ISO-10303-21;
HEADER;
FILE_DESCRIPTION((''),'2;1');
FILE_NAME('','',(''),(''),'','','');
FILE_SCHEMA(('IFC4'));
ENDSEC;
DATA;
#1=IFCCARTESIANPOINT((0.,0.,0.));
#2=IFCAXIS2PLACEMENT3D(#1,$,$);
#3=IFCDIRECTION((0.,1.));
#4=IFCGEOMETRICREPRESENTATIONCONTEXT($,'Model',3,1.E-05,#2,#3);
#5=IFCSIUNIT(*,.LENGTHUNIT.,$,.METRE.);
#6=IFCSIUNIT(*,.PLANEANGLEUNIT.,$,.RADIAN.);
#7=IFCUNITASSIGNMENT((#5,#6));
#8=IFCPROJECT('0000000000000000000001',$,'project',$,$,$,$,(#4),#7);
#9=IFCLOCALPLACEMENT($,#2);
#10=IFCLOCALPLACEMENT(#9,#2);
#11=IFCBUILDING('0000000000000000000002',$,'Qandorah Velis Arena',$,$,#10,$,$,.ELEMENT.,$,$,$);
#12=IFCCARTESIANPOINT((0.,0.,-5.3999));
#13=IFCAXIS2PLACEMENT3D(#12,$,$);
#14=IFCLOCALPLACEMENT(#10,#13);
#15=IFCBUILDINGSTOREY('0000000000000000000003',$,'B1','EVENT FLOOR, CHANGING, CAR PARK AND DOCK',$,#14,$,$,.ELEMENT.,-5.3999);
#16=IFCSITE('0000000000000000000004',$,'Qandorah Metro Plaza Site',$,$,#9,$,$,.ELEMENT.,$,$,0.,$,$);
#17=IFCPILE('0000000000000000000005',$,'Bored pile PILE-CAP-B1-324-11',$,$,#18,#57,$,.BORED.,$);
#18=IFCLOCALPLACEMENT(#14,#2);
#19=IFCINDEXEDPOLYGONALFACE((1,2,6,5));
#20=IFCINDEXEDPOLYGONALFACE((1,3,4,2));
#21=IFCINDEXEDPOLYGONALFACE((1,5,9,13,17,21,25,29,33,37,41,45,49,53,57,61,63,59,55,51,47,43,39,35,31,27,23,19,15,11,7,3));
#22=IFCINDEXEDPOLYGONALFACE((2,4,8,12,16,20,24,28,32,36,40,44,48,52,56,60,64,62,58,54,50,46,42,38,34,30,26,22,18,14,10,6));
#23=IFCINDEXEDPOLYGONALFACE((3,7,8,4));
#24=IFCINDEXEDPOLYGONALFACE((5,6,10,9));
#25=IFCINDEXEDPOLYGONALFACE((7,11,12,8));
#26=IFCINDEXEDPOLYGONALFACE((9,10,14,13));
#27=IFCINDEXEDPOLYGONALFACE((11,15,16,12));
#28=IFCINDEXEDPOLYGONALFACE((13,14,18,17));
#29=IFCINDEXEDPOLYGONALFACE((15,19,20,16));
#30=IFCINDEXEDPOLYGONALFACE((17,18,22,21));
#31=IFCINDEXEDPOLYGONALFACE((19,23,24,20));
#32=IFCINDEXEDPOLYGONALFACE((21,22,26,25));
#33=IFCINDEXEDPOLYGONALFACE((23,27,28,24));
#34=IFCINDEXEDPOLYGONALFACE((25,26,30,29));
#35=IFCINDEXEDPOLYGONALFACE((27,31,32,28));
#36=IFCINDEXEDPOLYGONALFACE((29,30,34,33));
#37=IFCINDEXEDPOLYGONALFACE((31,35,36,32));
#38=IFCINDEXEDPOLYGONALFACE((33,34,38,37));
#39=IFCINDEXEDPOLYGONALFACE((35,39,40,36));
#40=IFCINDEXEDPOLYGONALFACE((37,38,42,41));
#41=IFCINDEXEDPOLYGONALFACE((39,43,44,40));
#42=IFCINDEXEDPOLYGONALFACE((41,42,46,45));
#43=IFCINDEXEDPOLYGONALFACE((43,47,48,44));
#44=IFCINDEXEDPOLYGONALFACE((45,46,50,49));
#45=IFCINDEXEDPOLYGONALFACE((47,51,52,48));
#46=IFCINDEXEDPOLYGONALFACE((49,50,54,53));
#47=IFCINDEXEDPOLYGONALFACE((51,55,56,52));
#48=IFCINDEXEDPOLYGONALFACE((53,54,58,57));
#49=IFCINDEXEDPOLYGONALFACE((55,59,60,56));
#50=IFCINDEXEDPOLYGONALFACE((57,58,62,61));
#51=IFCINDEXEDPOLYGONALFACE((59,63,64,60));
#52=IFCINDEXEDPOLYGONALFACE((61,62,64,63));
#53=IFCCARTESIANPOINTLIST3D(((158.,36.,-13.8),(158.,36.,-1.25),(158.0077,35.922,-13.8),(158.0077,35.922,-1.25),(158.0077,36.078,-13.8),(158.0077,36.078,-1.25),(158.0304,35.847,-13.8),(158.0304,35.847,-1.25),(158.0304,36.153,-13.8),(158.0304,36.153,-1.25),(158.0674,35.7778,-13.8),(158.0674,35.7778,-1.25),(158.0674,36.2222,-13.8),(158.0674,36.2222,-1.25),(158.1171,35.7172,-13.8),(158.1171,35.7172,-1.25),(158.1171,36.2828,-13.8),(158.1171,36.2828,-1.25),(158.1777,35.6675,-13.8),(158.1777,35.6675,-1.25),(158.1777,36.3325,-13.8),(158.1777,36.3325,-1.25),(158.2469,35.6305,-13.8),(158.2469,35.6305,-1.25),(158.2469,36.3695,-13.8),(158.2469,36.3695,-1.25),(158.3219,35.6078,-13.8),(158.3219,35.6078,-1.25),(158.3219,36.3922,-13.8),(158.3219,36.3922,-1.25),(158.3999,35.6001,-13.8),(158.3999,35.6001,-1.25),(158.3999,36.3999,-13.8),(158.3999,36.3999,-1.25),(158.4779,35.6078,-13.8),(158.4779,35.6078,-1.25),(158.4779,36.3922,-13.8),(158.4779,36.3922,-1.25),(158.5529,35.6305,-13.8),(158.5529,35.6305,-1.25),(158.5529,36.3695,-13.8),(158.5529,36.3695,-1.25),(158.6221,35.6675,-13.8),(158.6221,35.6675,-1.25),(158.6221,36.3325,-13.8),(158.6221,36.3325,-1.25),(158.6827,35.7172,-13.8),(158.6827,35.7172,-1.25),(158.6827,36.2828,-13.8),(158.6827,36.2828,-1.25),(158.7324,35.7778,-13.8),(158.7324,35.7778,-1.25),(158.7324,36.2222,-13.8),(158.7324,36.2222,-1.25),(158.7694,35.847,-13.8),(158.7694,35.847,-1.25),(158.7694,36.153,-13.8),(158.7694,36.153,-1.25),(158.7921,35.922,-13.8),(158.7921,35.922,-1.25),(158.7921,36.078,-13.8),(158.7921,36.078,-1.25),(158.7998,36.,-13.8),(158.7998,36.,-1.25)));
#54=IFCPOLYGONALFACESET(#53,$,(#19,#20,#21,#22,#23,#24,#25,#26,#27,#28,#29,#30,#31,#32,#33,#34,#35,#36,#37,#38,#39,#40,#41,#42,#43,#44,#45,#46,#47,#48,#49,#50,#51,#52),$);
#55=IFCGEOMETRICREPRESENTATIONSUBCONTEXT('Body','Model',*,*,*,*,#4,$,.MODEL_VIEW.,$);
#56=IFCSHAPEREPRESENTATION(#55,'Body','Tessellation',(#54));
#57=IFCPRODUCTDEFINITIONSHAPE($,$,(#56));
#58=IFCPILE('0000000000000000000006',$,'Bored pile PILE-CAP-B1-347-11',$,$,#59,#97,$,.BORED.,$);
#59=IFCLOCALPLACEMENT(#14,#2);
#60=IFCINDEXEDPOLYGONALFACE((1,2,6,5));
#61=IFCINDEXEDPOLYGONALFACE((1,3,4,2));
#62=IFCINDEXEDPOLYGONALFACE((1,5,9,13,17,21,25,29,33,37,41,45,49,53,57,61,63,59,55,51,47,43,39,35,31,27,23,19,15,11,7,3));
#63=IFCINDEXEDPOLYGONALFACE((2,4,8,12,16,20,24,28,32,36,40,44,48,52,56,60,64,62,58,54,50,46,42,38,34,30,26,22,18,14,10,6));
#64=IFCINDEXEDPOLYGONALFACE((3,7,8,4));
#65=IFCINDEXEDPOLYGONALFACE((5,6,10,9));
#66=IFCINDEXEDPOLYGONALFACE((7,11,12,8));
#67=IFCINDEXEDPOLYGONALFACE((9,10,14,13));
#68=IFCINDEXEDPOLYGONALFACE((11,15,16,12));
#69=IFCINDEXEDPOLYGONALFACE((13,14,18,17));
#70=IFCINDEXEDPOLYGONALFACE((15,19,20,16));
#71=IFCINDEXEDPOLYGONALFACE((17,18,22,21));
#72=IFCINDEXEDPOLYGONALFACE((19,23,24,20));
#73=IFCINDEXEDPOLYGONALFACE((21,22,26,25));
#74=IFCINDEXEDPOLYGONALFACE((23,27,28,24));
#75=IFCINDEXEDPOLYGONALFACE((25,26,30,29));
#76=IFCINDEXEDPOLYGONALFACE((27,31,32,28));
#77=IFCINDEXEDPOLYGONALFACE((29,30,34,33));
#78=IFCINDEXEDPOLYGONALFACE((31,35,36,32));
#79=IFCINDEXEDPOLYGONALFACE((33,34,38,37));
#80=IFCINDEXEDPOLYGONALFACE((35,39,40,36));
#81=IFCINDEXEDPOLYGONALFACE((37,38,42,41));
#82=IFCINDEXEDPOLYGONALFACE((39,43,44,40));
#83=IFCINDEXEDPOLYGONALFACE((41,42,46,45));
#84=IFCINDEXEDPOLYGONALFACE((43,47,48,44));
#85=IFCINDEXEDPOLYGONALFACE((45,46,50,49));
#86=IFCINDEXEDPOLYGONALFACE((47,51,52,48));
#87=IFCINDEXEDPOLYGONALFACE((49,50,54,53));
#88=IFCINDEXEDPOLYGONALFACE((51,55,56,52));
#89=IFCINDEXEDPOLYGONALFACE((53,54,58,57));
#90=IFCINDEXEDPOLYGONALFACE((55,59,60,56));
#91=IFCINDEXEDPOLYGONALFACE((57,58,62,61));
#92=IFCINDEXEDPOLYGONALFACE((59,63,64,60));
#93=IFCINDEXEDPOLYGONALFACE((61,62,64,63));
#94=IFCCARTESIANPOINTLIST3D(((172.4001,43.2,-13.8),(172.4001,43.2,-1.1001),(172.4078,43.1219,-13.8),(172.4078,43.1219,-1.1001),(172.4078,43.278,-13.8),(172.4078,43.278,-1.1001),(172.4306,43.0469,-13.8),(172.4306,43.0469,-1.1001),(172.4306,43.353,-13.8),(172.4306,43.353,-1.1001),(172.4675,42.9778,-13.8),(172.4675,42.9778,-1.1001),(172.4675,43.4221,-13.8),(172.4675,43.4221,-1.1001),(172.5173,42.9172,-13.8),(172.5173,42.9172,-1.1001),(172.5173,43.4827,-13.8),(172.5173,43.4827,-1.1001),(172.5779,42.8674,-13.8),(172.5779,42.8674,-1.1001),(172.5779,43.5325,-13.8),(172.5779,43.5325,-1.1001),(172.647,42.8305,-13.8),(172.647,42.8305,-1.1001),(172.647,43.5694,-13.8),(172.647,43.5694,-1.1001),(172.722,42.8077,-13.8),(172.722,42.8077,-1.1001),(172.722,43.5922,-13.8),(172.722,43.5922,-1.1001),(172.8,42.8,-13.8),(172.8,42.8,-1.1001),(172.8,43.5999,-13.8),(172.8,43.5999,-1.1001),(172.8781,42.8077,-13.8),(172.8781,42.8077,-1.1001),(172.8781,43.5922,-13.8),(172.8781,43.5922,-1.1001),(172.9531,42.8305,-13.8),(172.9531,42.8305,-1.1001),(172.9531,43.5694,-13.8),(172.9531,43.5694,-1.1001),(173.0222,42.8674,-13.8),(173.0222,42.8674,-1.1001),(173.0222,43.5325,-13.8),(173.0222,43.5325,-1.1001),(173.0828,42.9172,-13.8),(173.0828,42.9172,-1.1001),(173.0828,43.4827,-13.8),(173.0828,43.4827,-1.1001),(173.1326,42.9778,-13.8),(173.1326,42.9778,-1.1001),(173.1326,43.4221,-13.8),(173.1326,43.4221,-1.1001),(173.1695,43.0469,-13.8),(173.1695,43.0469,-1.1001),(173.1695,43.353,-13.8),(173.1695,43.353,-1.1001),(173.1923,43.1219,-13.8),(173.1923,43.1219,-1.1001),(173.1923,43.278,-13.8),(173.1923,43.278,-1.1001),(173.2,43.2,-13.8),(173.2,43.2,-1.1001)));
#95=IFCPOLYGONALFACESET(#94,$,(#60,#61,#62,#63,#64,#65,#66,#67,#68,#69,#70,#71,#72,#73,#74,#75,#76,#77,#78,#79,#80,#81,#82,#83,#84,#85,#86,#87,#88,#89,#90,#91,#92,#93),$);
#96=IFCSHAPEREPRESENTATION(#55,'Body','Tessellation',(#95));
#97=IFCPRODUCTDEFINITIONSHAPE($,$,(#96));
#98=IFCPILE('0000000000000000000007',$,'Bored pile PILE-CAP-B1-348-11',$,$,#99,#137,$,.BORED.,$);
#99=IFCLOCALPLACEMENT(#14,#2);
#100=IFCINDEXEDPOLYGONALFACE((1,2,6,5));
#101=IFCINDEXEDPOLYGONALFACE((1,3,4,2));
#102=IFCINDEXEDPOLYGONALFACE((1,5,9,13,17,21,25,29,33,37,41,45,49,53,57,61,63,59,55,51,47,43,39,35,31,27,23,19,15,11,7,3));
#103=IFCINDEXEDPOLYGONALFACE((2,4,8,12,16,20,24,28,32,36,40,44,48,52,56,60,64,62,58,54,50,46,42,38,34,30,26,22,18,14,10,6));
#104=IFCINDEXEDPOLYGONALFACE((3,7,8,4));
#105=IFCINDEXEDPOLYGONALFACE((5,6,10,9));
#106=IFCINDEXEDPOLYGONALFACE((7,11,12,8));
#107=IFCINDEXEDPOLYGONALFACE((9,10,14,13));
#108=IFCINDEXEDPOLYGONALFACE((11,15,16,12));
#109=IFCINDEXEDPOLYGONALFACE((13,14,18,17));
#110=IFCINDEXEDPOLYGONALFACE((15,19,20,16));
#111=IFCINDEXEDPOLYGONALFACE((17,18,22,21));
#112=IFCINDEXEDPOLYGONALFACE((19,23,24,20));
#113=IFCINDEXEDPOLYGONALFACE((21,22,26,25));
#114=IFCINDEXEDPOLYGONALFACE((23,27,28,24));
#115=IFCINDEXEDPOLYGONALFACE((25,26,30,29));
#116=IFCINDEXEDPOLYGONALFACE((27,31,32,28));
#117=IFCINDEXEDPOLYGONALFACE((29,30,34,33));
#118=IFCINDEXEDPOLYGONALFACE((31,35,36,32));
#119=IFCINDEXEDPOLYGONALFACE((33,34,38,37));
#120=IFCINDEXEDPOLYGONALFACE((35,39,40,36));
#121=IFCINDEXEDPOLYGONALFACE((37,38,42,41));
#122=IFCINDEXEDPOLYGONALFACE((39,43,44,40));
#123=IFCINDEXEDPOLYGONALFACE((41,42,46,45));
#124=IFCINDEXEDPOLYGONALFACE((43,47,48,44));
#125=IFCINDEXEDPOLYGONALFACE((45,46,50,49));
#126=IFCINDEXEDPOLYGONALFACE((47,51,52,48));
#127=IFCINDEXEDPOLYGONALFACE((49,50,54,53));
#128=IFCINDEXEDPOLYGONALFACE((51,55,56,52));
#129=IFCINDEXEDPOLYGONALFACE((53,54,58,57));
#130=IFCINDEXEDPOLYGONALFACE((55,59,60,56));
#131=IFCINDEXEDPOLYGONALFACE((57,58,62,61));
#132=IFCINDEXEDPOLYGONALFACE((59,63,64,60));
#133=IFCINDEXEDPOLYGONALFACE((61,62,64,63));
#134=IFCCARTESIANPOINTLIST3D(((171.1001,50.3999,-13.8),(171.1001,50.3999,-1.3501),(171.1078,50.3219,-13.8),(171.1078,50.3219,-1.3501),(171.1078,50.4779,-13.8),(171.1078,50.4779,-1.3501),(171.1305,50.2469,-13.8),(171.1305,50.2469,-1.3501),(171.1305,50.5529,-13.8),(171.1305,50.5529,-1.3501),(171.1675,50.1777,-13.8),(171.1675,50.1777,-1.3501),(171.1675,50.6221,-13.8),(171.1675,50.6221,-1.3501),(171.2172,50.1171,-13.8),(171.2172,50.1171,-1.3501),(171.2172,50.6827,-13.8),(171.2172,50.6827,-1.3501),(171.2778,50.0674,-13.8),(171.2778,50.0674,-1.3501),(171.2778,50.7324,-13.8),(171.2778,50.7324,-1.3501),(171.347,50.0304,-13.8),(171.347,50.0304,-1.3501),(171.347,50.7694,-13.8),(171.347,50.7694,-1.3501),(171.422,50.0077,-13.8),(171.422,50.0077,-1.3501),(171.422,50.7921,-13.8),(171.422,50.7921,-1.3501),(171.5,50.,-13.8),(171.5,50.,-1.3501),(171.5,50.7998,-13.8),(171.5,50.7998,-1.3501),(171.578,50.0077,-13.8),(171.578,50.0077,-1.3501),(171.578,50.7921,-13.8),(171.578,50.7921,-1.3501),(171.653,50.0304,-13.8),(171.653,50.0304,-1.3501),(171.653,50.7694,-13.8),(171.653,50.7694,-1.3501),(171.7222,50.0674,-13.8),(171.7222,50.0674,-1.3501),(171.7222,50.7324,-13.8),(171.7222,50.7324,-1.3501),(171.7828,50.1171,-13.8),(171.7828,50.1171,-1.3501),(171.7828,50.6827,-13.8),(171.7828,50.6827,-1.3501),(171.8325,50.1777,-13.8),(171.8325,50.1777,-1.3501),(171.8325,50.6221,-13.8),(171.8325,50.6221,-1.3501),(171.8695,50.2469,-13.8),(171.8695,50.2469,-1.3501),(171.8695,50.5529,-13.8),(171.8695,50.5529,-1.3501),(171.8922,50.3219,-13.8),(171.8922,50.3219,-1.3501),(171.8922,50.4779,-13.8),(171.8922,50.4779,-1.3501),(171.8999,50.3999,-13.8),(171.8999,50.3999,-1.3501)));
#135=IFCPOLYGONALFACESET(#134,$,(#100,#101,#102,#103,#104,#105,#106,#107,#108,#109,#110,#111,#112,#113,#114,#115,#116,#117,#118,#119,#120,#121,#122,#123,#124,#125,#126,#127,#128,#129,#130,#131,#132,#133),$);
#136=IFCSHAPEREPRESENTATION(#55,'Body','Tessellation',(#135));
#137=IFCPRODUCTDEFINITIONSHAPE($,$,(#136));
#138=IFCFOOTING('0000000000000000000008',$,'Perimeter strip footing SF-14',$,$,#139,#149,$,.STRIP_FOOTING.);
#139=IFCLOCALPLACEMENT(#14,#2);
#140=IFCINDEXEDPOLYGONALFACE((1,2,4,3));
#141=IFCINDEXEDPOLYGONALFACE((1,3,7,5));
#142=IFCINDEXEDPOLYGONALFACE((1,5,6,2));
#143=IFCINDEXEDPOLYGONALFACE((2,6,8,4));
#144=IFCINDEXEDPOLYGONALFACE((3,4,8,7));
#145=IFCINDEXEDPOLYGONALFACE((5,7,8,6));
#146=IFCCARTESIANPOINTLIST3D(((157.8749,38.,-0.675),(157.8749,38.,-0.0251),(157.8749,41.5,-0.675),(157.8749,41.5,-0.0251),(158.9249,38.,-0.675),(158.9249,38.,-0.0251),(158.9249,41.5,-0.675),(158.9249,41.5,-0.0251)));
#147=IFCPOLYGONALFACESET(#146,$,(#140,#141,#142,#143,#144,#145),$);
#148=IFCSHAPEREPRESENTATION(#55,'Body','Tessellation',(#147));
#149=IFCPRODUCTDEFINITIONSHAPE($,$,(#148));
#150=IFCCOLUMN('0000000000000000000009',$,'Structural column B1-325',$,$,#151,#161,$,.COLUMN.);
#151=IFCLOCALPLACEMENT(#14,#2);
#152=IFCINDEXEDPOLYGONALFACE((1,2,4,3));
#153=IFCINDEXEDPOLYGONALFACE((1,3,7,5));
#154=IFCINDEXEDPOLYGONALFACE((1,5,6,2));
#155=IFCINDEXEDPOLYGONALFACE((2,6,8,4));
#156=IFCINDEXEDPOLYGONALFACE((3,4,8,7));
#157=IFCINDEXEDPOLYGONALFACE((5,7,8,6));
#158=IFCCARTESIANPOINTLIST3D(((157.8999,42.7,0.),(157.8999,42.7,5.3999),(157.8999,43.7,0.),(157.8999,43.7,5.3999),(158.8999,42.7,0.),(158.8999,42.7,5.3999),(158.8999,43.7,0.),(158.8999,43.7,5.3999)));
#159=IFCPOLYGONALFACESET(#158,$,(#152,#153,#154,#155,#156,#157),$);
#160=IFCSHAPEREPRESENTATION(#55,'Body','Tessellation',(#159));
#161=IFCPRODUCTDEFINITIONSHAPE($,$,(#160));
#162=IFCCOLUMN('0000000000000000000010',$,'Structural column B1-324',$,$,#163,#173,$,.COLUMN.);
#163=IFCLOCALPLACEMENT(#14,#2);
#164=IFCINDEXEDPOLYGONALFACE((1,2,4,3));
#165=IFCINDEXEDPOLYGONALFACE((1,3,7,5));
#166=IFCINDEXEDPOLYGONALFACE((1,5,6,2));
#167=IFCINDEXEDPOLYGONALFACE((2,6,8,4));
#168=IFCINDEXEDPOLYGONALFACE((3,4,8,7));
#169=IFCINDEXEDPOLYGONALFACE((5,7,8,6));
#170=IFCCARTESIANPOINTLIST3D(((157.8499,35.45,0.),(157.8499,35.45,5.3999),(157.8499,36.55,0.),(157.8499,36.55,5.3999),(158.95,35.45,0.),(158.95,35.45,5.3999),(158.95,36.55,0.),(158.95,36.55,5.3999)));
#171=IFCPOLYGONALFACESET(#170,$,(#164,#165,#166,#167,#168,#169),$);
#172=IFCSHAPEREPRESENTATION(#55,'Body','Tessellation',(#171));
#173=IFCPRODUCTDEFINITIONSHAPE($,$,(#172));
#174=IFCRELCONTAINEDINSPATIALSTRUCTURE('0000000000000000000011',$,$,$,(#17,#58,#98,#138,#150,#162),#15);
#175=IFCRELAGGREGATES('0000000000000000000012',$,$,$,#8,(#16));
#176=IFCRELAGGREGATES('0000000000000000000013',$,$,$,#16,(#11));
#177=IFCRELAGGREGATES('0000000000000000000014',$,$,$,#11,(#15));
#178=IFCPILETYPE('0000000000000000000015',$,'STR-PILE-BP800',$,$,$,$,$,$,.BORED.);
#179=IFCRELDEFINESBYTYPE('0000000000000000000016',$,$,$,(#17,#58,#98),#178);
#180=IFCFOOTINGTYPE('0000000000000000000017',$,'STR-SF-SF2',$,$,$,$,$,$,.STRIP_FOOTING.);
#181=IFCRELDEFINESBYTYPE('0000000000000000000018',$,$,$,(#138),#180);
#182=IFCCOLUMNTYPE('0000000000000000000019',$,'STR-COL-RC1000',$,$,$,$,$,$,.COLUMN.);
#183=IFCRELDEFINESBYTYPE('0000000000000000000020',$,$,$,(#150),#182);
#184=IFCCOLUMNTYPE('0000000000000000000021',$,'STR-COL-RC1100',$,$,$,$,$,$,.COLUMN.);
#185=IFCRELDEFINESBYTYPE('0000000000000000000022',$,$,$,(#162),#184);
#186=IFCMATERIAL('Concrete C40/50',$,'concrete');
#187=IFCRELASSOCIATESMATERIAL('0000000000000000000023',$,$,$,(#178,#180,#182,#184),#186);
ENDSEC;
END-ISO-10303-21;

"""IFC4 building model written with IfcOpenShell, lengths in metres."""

from ifc_helpers import new_model, si_unit, direction, frame, origin, origin_2d, place, context, subcontext, project, spatial, rectangle, circle, extrude, material, material_profile, profile_set, type_object, element, save


model = new_model("IFC4")

# Units and contexts
model_context = context("Model", 3, precision=1e-05, world=origin(), true_north=direction((0.0, 1.0)))
body_context = subcontext(model_context, "Body", "Model", "MODEL_VIEW")
ifc_project = project(units=[si_unit("LENGTHUNIT", "METRE"), si_unit("PLANEANGLEUNIT", "RADIAN")], contexts=[model_context])

# Site, building, storey
site_placement = place(None, origin())
site = spatial("IfcSite", under=ifc_project, at=site_placement, Name="Qandorah Metro Plaza Site", CompositionType="ELEMENT", RefElevation=0.0)
building_placement = place(site_placement, origin())
building = spatial("IfcBuilding", under=site, at=building_placement, Name="Qandorah Velis Arena", CompositionType="ELEMENT")
storey_placement = place(building_placement, frame((0.0, 0.0, -5.3999)))
storey = spatial("IfcBuildingStorey", under=building, at=storey_placement, Name="B1", Description="EVENT FLOOR, CHANGING, CAR PARK AND DOCK", CompositionType="ELEMENT", Elevation=-5.3999)

# Shared definitions
ifc_material_1 = material(Name="Concrete C40/50", Category="concrete")

# Piles
ifc_material_profile_1 = material_profile(ifc_material_1, circle(Radius=0.3999, at=origin_2d()), Name="BORED PILE D800")
ifc_profile_set_1 = profile_set([ifc_material_profile_1], Name="Concrete C40/50")
pile_type_1 = type_object("IfcPileType", Name="STR-PILE-BP800", PredefinedType="BORED", material=ifc_profile_set_1)
pile_1_placement = place(storey_placement, frame((158.3999, 36.0, -1.25), z_axis=(0.0, 0.0, -1.0), x_axis=(1.0, 0.0, 0.0)))
element("IfcPile", 1, at=pile_1_placement, inside=storey, type_object=pile_type_1, Name="Bored pile PILE-CAP-B1-324-11", PredefinedType="BORED", context=body_context, shape_type="SweptSolid", body=[
    extrude(circle(Radius=0.3999, at=origin_2d()), origin(), (0.0, 0.0, 1.0), 12.55),
])
pile_2_placement = place(storey_placement, frame((172.8, 43.2, -1.1001), z_axis=(0.0, 0.0, -1.0), x_axis=(1.0, 0.0, 0.0)))
element("IfcPile", 2, at=pile_2_placement, inside=storey, type_object=pile_type_1, Name="Bored pile PILE-CAP-B1-347-11", PredefinedType="BORED", context=body_context, shape_type="SweptSolid", body=[
    extrude(circle(Radius=0.3999, at=origin_2d()), origin(), (0.0, 0.0, 1.0), 12.7),
])
pile_3_placement = place(storey_placement, frame((171.5, 50.3999, -1.3501), z_axis=(0.0, 0.0, -1.0), x_axis=(1.0, 0.0, 0.0)))
element("IfcPile", 3, at=pile_3_placement, inside=storey, type_object=pile_type_1, Name="Bored pile PILE-CAP-B1-348-11", PredefinedType="BORED", context=body_context, shape_type="SweptSolid", body=[
    extrude(circle(Radius=0.3999, at=origin_2d()), origin(), (0.0, 0.0, 1.0), 12.45),
])

# Footing
ifc_material_profile_2 = material_profile(ifc_material_1, rectangle(XDim=1.05, YDim=0.6499, at=origin_2d()), Name="SF2 1050x650")
ifc_profile_set_2 = profile_set([ifc_material_profile_2], Name="Concrete C40/50")
footing_type_1 = type_object("IfcFootingType", Name="STR-SF-SF2", PredefinedType="STRIP_FOOTING", material=ifc_profile_set_2)
footing_1_placement = place(storey_placement, frame((158.3999, 38.0, -0.3501), z_axis=(0.0, 1.0, 0.0), x_axis=(-1.0, 0.0, 0.0)))
element("IfcFooting", 4, at=footing_1_placement, inside=storey, type_object=footing_type_1, Name="Perimeter strip footing SF-14", PredefinedType="STRIP_FOOTING", context=body_context, shape_type="SweptSolid", body=[
    extrude(rectangle(XDim=1.05, YDim=0.6499, at=origin_2d()), origin(), (0.0, 0.0, 1.0), 3.5),
])

# Columns
ifc_material_profile_3 = material_profile(ifc_material_1, rectangle(XDim=1.0, YDim=1.0, at=origin_2d()), Name="RC COL 1000x1000")
ifc_profile_set_3 = profile_set([ifc_material_profile_3], Name="Concrete C40/50")
column_type_1 = type_object("IfcColumnType", Name="STR-COL-RC1000", PredefinedType="COLUMN", material=ifc_profile_set_3)
column_1_placement = place(storey_placement, frame((158.3999, 43.2, 0.0), z_axis=(0.0, 0.0, 1.0), x_axis=(1.0, 0.0, 0.0)))
element("IfcColumn", 5, at=column_1_placement, inside=storey, type_object=column_type_1, Name="Structural column B1-325", PredefinedType="COLUMN", context=body_context, shape_type="SweptSolid", body=[
    extrude(rectangle(XDim=1.0, YDim=1.0, at=origin_2d()), origin(), (0.0, 0.0, 1.0), 5.3999),
])
ifc_material_profile_4 = material_profile(ifc_material_1, rectangle(XDim=1.1001, YDim=1.1001, at=origin_2d()), Name="RC COL 1100x1100")
ifc_profile_set_4 = profile_set([ifc_material_profile_4], Name="Concrete C40/50")
column_type_2 = type_object("IfcColumnType", Name="STR-COL-RC1100", PredefinedType="COLUMN", material=ifc_profile_set_4)
column_2_placement = place(storey_placement, frame((158.3999, 36.0, 0.0), z_axis=(0.0, 0.0, 1.0), x_axis=(1.0, 0.0, 0.0)))
element("IfcColumn", 6, at=column_2_placement, inside=storey, type_object=column_type_2, Name="Structural column B1-324", PredefinedType="COLUMN", context=body_context, shape_type="SweptSolid", body=[
    extrude(rectangle(XDim=1.1001, YDim=1.1001, at=origin_2d()), origin(), (0.0, 0.0, 1.0), 5.3999),
])

save(model, "model.ifc")
